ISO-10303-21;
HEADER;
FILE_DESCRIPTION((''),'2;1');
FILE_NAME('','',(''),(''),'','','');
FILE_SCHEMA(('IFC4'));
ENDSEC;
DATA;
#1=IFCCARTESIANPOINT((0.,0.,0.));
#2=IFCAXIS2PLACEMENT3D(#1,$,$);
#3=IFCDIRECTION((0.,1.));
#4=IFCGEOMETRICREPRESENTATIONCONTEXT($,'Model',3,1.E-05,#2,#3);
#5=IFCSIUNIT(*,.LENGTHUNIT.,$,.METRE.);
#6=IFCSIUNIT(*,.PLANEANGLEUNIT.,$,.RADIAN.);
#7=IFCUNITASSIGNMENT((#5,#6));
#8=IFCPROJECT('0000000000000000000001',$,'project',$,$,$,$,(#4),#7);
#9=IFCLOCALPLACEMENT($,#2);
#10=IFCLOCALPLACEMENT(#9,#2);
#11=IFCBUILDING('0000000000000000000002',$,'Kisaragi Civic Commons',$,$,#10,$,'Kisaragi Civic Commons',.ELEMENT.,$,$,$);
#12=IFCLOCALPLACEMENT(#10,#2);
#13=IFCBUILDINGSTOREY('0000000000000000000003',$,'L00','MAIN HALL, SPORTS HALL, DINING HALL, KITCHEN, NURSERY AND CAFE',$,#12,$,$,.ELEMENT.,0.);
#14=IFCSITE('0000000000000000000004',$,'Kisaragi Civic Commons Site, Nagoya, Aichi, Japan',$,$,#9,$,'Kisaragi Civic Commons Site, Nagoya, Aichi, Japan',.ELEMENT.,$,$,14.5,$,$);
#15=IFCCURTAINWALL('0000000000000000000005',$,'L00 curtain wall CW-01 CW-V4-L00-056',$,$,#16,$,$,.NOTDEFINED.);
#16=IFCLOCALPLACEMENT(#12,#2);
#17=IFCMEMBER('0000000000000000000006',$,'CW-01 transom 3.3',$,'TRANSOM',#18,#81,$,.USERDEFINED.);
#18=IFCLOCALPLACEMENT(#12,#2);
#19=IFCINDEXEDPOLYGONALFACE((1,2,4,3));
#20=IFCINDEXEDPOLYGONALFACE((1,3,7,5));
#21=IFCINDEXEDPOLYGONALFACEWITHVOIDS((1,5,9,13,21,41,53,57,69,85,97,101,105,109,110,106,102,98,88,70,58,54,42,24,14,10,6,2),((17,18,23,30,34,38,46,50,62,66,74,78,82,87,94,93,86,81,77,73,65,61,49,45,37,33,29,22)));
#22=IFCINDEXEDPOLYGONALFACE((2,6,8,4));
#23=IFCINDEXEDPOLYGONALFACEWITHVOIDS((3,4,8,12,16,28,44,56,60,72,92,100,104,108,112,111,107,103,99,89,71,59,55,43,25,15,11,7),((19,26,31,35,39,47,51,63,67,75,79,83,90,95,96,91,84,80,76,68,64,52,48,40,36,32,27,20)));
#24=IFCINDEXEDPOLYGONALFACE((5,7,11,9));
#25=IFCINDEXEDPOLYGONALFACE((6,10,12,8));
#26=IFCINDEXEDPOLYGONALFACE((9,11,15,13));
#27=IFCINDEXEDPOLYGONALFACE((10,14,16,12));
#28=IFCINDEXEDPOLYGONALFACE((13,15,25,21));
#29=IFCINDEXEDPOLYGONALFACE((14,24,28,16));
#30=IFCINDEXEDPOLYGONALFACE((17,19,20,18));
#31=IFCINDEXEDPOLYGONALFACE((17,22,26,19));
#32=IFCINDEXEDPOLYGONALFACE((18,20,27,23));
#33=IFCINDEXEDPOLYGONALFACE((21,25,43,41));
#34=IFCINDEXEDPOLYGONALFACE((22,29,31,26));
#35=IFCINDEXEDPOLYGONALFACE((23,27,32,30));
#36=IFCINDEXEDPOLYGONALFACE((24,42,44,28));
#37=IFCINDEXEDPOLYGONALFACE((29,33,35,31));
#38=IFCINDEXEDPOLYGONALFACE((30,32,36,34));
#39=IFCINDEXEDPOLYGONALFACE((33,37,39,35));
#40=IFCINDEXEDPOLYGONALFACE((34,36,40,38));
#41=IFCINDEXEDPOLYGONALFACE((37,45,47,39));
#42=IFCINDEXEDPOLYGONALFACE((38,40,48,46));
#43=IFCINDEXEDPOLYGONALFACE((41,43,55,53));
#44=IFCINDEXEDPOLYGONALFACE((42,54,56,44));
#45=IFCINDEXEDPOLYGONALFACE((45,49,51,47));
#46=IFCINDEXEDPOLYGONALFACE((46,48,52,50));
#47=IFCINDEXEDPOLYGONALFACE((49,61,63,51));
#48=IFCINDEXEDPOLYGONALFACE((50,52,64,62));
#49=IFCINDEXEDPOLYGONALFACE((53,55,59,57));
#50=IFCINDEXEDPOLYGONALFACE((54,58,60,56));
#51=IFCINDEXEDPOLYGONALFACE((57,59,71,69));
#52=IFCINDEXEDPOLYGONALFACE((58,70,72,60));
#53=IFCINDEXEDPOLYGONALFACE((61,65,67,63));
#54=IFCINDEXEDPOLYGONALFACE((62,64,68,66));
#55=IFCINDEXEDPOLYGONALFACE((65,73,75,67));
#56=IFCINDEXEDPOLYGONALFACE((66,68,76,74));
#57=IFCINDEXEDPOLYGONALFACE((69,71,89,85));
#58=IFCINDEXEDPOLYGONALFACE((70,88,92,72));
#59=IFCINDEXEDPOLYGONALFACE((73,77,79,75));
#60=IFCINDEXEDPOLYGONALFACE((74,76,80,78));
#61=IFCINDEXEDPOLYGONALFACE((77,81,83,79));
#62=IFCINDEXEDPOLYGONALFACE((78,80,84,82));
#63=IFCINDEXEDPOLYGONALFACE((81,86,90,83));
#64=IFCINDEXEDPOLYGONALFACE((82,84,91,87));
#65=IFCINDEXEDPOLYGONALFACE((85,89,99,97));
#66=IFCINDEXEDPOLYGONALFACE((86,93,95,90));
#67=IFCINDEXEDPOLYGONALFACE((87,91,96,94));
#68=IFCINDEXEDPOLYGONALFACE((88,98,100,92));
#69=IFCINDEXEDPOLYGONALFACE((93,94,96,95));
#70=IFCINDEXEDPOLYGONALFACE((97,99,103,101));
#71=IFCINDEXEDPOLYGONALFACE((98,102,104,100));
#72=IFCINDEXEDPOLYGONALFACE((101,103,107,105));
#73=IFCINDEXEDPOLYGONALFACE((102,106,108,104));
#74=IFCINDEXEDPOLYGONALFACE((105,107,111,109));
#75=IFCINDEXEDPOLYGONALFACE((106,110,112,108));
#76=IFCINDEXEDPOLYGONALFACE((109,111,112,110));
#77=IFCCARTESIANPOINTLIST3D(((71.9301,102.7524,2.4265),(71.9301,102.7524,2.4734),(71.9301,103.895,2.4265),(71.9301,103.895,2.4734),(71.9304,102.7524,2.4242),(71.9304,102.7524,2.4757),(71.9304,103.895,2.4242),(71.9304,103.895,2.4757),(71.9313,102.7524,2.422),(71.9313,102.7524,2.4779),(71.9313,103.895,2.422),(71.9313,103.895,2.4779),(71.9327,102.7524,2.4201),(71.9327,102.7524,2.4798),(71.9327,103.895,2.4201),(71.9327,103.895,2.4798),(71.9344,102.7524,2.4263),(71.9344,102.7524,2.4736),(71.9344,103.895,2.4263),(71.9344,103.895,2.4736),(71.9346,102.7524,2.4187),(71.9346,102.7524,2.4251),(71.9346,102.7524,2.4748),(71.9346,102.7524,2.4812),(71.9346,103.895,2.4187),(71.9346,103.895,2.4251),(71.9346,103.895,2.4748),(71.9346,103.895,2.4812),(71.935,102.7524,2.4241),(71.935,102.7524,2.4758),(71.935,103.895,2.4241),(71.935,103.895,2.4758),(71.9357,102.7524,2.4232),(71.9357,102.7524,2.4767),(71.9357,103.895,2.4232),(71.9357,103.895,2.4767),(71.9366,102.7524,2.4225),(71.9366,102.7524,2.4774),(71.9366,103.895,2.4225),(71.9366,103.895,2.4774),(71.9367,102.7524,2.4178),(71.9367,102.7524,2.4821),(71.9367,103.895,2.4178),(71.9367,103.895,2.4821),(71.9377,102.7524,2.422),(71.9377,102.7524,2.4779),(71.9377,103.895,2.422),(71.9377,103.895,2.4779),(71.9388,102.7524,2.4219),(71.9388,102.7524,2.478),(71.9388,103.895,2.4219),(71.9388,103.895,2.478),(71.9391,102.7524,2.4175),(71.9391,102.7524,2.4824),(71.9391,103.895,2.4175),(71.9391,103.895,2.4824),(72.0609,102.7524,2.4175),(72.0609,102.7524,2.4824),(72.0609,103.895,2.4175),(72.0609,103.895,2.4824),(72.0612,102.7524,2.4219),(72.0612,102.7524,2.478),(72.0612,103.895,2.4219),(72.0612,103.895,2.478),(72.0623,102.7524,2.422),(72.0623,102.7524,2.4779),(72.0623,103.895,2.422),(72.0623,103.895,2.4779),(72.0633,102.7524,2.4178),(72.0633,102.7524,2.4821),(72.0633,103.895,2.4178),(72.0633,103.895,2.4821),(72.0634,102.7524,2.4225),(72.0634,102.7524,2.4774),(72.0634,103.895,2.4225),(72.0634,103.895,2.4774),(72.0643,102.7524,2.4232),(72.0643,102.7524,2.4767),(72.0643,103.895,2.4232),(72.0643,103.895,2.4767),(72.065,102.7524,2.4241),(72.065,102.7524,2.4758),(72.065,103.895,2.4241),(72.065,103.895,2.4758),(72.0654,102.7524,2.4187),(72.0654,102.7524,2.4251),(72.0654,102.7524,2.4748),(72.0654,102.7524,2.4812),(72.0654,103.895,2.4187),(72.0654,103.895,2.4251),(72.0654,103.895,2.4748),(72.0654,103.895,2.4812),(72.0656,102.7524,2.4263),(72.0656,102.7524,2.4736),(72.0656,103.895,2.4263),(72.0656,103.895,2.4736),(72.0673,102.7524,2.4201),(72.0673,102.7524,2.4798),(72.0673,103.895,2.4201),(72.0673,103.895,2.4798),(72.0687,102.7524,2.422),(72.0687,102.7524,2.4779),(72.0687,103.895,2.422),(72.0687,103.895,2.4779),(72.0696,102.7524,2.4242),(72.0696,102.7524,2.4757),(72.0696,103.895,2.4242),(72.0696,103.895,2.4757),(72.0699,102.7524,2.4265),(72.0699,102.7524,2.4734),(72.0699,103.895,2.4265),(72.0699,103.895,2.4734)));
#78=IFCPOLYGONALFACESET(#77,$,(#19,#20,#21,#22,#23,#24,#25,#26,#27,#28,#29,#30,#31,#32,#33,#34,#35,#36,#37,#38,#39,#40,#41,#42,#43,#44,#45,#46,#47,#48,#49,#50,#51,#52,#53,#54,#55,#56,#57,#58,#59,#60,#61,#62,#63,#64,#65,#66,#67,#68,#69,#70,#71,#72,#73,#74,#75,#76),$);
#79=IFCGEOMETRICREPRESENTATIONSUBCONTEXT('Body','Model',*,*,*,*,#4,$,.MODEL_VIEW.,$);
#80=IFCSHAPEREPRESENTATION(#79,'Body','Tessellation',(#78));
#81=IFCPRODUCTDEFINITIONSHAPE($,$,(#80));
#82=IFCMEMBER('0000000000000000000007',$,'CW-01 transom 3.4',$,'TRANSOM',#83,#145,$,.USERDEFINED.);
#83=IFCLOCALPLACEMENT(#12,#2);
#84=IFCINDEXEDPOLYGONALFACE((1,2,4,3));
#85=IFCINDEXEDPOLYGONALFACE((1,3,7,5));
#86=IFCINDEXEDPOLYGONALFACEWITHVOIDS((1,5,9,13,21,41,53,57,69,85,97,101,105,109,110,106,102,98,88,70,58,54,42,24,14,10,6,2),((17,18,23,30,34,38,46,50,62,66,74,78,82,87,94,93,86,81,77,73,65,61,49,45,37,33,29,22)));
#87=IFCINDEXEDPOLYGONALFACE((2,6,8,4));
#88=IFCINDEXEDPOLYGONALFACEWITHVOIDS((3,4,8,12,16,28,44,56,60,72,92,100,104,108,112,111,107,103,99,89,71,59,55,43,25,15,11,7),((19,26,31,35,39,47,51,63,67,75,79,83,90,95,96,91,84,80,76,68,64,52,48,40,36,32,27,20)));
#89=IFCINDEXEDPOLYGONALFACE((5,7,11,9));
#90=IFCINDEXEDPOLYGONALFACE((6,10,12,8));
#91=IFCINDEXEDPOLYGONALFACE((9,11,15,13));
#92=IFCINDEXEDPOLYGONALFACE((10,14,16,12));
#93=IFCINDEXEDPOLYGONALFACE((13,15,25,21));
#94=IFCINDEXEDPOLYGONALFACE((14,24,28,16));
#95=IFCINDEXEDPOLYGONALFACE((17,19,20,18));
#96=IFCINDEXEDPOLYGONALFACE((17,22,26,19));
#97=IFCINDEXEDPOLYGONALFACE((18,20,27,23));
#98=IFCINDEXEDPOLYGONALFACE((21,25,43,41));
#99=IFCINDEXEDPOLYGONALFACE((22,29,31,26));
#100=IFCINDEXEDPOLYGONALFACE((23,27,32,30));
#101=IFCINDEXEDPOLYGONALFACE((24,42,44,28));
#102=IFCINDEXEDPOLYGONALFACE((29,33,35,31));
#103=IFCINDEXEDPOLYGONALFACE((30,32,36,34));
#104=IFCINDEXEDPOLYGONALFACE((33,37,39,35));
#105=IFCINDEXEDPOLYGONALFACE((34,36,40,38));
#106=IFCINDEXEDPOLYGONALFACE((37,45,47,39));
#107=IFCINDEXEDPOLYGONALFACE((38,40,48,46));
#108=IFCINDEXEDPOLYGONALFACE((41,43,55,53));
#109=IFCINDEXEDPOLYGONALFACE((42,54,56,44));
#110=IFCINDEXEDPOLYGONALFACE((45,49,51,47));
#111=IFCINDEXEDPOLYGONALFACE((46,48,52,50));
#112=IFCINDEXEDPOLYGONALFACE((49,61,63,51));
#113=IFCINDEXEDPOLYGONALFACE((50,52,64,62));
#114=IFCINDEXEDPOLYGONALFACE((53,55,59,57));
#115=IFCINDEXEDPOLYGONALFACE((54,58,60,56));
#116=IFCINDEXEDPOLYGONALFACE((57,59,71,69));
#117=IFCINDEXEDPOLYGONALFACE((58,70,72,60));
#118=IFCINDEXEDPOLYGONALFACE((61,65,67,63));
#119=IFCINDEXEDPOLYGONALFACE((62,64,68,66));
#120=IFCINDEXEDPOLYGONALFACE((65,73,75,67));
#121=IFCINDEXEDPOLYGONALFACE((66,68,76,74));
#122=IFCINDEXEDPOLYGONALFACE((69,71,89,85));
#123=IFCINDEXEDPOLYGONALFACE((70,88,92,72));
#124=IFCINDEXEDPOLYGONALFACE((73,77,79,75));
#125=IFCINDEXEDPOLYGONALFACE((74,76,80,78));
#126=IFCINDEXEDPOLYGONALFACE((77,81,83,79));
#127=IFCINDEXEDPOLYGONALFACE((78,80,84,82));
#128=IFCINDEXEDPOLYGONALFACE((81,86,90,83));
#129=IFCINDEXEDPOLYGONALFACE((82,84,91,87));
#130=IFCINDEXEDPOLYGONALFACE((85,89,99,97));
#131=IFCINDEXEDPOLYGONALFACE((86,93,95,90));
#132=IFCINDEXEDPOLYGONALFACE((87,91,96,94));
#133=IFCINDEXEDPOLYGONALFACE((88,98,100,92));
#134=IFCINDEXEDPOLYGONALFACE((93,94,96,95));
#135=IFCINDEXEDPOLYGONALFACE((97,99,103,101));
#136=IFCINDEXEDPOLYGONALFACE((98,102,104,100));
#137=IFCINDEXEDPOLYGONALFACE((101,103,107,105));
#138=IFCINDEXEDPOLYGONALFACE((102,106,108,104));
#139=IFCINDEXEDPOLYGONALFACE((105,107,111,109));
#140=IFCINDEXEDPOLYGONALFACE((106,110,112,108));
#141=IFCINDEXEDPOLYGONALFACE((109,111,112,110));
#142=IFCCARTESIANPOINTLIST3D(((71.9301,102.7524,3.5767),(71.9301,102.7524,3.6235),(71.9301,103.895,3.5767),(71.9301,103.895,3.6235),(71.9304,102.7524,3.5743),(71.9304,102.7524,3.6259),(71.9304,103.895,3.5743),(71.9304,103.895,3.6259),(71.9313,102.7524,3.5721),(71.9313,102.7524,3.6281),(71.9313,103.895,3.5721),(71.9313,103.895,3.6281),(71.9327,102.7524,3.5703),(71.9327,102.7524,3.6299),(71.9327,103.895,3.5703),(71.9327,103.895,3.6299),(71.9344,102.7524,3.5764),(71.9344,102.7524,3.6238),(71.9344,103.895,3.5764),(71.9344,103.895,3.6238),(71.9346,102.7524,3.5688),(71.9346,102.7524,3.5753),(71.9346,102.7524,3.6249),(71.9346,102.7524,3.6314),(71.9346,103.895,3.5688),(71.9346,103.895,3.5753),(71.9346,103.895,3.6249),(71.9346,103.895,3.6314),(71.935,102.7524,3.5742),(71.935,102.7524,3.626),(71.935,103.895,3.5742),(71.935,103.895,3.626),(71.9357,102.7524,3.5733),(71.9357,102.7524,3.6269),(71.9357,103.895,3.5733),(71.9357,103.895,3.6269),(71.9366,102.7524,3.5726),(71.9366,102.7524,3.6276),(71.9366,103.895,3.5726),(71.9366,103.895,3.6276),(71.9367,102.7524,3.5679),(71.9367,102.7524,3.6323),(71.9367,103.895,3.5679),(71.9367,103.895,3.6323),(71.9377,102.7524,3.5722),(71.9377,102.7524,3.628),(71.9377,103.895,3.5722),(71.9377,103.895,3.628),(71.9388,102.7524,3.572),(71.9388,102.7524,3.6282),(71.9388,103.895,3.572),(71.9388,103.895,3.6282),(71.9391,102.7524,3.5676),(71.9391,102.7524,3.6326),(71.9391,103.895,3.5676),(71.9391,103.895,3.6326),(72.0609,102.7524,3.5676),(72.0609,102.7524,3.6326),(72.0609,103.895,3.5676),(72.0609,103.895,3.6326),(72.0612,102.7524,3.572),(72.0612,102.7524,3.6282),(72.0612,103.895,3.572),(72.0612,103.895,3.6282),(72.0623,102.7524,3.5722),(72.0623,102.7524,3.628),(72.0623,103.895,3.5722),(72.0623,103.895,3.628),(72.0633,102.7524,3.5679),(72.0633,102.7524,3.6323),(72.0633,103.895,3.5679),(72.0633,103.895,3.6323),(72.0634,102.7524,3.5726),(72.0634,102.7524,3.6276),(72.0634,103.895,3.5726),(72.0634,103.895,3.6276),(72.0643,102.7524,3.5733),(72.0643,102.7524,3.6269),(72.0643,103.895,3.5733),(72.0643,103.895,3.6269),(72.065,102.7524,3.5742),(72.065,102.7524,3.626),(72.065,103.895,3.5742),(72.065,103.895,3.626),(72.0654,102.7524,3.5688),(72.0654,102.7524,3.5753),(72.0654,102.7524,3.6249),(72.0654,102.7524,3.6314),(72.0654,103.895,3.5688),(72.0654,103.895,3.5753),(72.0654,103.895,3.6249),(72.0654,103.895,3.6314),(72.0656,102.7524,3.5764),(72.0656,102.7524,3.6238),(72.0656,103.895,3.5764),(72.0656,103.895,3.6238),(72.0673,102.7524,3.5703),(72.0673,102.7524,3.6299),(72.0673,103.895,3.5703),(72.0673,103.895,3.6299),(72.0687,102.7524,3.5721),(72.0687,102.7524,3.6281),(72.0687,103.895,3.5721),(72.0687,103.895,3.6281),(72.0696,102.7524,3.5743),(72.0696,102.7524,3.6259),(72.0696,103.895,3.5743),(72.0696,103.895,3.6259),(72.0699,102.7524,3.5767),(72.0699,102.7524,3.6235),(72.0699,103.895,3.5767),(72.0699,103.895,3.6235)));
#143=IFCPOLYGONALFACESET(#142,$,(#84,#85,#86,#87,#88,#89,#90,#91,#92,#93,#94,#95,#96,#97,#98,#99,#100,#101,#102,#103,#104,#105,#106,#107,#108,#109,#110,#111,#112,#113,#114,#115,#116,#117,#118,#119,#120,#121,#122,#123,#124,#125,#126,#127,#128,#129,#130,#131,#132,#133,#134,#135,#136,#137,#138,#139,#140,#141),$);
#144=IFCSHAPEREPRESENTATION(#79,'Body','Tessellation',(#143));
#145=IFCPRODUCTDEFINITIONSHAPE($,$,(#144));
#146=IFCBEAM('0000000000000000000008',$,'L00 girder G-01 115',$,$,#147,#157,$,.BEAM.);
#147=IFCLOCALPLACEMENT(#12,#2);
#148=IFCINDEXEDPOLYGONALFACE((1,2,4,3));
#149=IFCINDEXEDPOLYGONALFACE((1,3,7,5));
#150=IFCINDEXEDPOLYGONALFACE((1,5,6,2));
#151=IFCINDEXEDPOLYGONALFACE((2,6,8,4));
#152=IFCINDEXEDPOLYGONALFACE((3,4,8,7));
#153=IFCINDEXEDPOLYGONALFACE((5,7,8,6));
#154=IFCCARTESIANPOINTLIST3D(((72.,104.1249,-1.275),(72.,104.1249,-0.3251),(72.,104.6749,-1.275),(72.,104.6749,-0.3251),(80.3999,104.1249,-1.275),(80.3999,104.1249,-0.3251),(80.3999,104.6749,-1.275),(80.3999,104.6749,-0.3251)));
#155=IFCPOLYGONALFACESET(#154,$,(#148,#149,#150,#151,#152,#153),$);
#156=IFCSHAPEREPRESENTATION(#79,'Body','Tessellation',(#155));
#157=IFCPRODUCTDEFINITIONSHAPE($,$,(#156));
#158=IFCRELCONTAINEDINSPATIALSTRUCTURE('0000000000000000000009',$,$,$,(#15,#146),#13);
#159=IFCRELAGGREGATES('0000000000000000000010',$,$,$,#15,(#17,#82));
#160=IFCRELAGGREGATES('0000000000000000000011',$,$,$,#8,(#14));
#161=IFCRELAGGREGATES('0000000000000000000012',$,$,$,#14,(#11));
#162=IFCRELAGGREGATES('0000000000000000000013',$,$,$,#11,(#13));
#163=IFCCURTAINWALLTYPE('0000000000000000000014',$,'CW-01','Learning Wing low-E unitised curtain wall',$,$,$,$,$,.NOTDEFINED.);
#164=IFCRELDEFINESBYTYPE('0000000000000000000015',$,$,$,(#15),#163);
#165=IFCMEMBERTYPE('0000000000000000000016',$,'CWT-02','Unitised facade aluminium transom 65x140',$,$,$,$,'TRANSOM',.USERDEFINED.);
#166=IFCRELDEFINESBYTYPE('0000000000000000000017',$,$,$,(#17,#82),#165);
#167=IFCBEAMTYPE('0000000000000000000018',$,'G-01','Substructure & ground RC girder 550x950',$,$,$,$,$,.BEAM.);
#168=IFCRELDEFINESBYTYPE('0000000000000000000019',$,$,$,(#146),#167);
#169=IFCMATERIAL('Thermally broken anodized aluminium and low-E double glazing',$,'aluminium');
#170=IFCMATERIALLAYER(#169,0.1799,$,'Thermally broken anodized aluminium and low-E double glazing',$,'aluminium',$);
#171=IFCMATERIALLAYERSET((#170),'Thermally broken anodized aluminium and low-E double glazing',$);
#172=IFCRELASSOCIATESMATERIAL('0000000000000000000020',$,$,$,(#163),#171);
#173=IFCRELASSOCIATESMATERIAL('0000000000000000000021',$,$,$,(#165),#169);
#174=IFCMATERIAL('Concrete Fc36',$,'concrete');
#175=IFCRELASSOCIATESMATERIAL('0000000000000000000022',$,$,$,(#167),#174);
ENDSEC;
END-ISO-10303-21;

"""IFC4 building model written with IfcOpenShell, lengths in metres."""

from ifc_helpers import new_model, si_unit, direction, frame, origin, origin_2d, place, context, subcontext, project, spatial, rectangle, hollow_rectangle, extrude, material, layer, layer_set, material_profile, profile_set, type_object, element, aggregate, save


model = new_model("IFC4")

# Units and contexts
model_context = context("Model", 3, precision=1e-05, world=origin(), true_north=direction((0.0, 1.0)))
body_context = subcontext(model_context, "Body", "Model", "MODEL_VIEW")
ifc_project = project(units=[si_unit("LENGTHUNIT", "METRE"), si_unit("PLANEANGLEUNIT", "RADIAN")], contexts=[model_context])

# Site, building, storey
site_placement = place(None, origin())
site = spatial("IfcSite", under=ifc_project, at=site_placement, Name="Kisaragi Civic Commons Site, Nagoya, Aichi, Japan", LongName="Kisaragi Civic Commons Site, Nagoya, Aichi, Japan", CompositionType="ELEMENT", RefElevation=14.5)
building_placement = place(site_placement, origin())
building = spatial("IfcBuilding", under=site, at=building_placement, Name="Kisaragi Civic Commons", LongName="Kisaragi Civic Commons", CompositionType="ELEMENT")
storey_placement = place(building_placement, origin())
storey = spatial("IfcBuildingStorey", under=building, at=storey_placement, Name="L00", Description="MAIN HALL, SPORTS HALL, DINING HALL, KITCHEN, NURSERY AND CAFE", CompositionType="ELEMENT", Elevation=0.0)

# Shared definitions
ifc_material_1 = material(Name="Concrete Fc36", Category="concrete")

# Curtain wall, members
ifc_material_2 = material(Name="Thermally broken anodized aluminium and low-E double glazing", Category="aluminium")
ifc_layer_1 = layer(ifc_material_2, 0.1799, Name="Thermally broken anodized aluminium and low-E double glazing", Category="aluminium")
ifc_layer_set_1 = layer_set([ifc_layer_1], Name="Thermally broken anodized aluminium and low-E double glazing")
curtain_wall_type = type_object("IfcCurtainWallType", Name="CW-01", Description="Learning Wing low-E unitised curtain wall", PredefinedType="NOTDEFINED", material=ifc_layer_set_1)
curtain_wall_placement = place(storey_placement, origin())
curtain_wall = element("IfcCurtainWall", 1, at=curtain_wall_placement, inside=storey, type_object=curtain_wall_type, Name="L00 curtain wall CW-01 CW-V4-L00-056", PredefinedType="NOTDEFINED")
ifc_material_profile_1 = material_profile(ifc_material_2, hollow_rectangle(XDim=0.1399, YDim=0.0649, WallThickness=0.0044, InnerFilletRadius=0.0044, OuterFilletRadius=0.009, at=origin_2d()), Name="CWT-65x140x4.5", Category="aluminium")
ifc_profile_set_1 = profile_set([ifc_material_profile_1], Name="Thermally broken anodized aluminium and low-E double glazing")
member_type_1 = type_object("IfcMemberType", Name="CWT-02", Description="Unitised facade aluminium transom 65x140", ElementType="TRANSOM", PredefinedType="USERDEFINED", material=ifc_profile_set_1)
member_1_placement = place(storey_placement, frame((72.0, 102.7524, 2.45), z_axis=(0.0, 1.0, 0.0), x_axis=(-1.0, 0.0, 0.0)))
member_1 = element("IfcMember", 2, at=member_1_placement, type_object=member_type_1, Name="CW-01 transom 3.3", ObjectType="TRANSOM", PredefinedType="USERDEFINED", context=body_context, shape_type="SweptSolid", body=[
    extrude(hollow_rectangle(XDim=0.1399, YDim=0.0649, WallThickness=0.0044, InnerFilletRadius=0.0044, OuterFilletRadius=0.009, at=origin_2d()), origin(), (0.0, 0.0, 1.0), 1.1426),
])
member_2_placement = place(storey_placement, frame((72.0, 102.7524, 3.6001), z_axis=(0.0, 1.0, 0.0), x_axis=(-1.0, 0.0, 0.0)))
member_2 = element("IfcMember", 3, at=member_2_placement, type_object=member_type_1, Name="CW-01 transom 3.4", ObjectType="TRANSOM", PredefinedType="USERDEFINED", context=body_context, shape_type="SweptSolid", body=[
    extrude(hollow_rectangle(XDim=0.1399, YDim=0.0649, WallThickness=0.0044, InnerFilletRadius=0.0044, OuterFilletRadius=0.009, at=origin_2d()), origin(), (0.0, 0.0, 1.0), 1.1426),
])

# Beam
ifc_material_profile_2 = material_profile(ifc_material_1, rectangle(XDim=0.55, YDim=0.95, at=origin_2d()), Name="RC-550x950", Category="concrete")
ifc_profile_set_2 = profile_set([ifc_material_profile_2], Name="Concrete Fc36")
beam_type_1 = type_object("IfcBeamType", Name="G-01", Description="Substructure & ground RC girder 550x950", PredefinedType="BEAM", material=ifc_profile_set_2)
beam_1_placement = place(storey_placement, frame((72.0, 104.3999, -0.8), z_axis=(1.0, 0.0, 0.0), x_axis=(0.0, 1.0, 0.0)))
element("IfcBeam", 4, at=beam_1_placement, inside=storey, type_object=beam_type_1, Name="L00 girder G-01 115", PredefinedType="BEAM", context=body_context, shape_type="SweptSolid", body=[
    extrude(rectangle(XDim=0.55, YDim=0.95, at=origin_2d()), origin(), (0.0, 0.0, 1.0), 8.3999),
])

aggregate(curtain_wall, [member_1, member_2])

save(model, "model.ifc")
